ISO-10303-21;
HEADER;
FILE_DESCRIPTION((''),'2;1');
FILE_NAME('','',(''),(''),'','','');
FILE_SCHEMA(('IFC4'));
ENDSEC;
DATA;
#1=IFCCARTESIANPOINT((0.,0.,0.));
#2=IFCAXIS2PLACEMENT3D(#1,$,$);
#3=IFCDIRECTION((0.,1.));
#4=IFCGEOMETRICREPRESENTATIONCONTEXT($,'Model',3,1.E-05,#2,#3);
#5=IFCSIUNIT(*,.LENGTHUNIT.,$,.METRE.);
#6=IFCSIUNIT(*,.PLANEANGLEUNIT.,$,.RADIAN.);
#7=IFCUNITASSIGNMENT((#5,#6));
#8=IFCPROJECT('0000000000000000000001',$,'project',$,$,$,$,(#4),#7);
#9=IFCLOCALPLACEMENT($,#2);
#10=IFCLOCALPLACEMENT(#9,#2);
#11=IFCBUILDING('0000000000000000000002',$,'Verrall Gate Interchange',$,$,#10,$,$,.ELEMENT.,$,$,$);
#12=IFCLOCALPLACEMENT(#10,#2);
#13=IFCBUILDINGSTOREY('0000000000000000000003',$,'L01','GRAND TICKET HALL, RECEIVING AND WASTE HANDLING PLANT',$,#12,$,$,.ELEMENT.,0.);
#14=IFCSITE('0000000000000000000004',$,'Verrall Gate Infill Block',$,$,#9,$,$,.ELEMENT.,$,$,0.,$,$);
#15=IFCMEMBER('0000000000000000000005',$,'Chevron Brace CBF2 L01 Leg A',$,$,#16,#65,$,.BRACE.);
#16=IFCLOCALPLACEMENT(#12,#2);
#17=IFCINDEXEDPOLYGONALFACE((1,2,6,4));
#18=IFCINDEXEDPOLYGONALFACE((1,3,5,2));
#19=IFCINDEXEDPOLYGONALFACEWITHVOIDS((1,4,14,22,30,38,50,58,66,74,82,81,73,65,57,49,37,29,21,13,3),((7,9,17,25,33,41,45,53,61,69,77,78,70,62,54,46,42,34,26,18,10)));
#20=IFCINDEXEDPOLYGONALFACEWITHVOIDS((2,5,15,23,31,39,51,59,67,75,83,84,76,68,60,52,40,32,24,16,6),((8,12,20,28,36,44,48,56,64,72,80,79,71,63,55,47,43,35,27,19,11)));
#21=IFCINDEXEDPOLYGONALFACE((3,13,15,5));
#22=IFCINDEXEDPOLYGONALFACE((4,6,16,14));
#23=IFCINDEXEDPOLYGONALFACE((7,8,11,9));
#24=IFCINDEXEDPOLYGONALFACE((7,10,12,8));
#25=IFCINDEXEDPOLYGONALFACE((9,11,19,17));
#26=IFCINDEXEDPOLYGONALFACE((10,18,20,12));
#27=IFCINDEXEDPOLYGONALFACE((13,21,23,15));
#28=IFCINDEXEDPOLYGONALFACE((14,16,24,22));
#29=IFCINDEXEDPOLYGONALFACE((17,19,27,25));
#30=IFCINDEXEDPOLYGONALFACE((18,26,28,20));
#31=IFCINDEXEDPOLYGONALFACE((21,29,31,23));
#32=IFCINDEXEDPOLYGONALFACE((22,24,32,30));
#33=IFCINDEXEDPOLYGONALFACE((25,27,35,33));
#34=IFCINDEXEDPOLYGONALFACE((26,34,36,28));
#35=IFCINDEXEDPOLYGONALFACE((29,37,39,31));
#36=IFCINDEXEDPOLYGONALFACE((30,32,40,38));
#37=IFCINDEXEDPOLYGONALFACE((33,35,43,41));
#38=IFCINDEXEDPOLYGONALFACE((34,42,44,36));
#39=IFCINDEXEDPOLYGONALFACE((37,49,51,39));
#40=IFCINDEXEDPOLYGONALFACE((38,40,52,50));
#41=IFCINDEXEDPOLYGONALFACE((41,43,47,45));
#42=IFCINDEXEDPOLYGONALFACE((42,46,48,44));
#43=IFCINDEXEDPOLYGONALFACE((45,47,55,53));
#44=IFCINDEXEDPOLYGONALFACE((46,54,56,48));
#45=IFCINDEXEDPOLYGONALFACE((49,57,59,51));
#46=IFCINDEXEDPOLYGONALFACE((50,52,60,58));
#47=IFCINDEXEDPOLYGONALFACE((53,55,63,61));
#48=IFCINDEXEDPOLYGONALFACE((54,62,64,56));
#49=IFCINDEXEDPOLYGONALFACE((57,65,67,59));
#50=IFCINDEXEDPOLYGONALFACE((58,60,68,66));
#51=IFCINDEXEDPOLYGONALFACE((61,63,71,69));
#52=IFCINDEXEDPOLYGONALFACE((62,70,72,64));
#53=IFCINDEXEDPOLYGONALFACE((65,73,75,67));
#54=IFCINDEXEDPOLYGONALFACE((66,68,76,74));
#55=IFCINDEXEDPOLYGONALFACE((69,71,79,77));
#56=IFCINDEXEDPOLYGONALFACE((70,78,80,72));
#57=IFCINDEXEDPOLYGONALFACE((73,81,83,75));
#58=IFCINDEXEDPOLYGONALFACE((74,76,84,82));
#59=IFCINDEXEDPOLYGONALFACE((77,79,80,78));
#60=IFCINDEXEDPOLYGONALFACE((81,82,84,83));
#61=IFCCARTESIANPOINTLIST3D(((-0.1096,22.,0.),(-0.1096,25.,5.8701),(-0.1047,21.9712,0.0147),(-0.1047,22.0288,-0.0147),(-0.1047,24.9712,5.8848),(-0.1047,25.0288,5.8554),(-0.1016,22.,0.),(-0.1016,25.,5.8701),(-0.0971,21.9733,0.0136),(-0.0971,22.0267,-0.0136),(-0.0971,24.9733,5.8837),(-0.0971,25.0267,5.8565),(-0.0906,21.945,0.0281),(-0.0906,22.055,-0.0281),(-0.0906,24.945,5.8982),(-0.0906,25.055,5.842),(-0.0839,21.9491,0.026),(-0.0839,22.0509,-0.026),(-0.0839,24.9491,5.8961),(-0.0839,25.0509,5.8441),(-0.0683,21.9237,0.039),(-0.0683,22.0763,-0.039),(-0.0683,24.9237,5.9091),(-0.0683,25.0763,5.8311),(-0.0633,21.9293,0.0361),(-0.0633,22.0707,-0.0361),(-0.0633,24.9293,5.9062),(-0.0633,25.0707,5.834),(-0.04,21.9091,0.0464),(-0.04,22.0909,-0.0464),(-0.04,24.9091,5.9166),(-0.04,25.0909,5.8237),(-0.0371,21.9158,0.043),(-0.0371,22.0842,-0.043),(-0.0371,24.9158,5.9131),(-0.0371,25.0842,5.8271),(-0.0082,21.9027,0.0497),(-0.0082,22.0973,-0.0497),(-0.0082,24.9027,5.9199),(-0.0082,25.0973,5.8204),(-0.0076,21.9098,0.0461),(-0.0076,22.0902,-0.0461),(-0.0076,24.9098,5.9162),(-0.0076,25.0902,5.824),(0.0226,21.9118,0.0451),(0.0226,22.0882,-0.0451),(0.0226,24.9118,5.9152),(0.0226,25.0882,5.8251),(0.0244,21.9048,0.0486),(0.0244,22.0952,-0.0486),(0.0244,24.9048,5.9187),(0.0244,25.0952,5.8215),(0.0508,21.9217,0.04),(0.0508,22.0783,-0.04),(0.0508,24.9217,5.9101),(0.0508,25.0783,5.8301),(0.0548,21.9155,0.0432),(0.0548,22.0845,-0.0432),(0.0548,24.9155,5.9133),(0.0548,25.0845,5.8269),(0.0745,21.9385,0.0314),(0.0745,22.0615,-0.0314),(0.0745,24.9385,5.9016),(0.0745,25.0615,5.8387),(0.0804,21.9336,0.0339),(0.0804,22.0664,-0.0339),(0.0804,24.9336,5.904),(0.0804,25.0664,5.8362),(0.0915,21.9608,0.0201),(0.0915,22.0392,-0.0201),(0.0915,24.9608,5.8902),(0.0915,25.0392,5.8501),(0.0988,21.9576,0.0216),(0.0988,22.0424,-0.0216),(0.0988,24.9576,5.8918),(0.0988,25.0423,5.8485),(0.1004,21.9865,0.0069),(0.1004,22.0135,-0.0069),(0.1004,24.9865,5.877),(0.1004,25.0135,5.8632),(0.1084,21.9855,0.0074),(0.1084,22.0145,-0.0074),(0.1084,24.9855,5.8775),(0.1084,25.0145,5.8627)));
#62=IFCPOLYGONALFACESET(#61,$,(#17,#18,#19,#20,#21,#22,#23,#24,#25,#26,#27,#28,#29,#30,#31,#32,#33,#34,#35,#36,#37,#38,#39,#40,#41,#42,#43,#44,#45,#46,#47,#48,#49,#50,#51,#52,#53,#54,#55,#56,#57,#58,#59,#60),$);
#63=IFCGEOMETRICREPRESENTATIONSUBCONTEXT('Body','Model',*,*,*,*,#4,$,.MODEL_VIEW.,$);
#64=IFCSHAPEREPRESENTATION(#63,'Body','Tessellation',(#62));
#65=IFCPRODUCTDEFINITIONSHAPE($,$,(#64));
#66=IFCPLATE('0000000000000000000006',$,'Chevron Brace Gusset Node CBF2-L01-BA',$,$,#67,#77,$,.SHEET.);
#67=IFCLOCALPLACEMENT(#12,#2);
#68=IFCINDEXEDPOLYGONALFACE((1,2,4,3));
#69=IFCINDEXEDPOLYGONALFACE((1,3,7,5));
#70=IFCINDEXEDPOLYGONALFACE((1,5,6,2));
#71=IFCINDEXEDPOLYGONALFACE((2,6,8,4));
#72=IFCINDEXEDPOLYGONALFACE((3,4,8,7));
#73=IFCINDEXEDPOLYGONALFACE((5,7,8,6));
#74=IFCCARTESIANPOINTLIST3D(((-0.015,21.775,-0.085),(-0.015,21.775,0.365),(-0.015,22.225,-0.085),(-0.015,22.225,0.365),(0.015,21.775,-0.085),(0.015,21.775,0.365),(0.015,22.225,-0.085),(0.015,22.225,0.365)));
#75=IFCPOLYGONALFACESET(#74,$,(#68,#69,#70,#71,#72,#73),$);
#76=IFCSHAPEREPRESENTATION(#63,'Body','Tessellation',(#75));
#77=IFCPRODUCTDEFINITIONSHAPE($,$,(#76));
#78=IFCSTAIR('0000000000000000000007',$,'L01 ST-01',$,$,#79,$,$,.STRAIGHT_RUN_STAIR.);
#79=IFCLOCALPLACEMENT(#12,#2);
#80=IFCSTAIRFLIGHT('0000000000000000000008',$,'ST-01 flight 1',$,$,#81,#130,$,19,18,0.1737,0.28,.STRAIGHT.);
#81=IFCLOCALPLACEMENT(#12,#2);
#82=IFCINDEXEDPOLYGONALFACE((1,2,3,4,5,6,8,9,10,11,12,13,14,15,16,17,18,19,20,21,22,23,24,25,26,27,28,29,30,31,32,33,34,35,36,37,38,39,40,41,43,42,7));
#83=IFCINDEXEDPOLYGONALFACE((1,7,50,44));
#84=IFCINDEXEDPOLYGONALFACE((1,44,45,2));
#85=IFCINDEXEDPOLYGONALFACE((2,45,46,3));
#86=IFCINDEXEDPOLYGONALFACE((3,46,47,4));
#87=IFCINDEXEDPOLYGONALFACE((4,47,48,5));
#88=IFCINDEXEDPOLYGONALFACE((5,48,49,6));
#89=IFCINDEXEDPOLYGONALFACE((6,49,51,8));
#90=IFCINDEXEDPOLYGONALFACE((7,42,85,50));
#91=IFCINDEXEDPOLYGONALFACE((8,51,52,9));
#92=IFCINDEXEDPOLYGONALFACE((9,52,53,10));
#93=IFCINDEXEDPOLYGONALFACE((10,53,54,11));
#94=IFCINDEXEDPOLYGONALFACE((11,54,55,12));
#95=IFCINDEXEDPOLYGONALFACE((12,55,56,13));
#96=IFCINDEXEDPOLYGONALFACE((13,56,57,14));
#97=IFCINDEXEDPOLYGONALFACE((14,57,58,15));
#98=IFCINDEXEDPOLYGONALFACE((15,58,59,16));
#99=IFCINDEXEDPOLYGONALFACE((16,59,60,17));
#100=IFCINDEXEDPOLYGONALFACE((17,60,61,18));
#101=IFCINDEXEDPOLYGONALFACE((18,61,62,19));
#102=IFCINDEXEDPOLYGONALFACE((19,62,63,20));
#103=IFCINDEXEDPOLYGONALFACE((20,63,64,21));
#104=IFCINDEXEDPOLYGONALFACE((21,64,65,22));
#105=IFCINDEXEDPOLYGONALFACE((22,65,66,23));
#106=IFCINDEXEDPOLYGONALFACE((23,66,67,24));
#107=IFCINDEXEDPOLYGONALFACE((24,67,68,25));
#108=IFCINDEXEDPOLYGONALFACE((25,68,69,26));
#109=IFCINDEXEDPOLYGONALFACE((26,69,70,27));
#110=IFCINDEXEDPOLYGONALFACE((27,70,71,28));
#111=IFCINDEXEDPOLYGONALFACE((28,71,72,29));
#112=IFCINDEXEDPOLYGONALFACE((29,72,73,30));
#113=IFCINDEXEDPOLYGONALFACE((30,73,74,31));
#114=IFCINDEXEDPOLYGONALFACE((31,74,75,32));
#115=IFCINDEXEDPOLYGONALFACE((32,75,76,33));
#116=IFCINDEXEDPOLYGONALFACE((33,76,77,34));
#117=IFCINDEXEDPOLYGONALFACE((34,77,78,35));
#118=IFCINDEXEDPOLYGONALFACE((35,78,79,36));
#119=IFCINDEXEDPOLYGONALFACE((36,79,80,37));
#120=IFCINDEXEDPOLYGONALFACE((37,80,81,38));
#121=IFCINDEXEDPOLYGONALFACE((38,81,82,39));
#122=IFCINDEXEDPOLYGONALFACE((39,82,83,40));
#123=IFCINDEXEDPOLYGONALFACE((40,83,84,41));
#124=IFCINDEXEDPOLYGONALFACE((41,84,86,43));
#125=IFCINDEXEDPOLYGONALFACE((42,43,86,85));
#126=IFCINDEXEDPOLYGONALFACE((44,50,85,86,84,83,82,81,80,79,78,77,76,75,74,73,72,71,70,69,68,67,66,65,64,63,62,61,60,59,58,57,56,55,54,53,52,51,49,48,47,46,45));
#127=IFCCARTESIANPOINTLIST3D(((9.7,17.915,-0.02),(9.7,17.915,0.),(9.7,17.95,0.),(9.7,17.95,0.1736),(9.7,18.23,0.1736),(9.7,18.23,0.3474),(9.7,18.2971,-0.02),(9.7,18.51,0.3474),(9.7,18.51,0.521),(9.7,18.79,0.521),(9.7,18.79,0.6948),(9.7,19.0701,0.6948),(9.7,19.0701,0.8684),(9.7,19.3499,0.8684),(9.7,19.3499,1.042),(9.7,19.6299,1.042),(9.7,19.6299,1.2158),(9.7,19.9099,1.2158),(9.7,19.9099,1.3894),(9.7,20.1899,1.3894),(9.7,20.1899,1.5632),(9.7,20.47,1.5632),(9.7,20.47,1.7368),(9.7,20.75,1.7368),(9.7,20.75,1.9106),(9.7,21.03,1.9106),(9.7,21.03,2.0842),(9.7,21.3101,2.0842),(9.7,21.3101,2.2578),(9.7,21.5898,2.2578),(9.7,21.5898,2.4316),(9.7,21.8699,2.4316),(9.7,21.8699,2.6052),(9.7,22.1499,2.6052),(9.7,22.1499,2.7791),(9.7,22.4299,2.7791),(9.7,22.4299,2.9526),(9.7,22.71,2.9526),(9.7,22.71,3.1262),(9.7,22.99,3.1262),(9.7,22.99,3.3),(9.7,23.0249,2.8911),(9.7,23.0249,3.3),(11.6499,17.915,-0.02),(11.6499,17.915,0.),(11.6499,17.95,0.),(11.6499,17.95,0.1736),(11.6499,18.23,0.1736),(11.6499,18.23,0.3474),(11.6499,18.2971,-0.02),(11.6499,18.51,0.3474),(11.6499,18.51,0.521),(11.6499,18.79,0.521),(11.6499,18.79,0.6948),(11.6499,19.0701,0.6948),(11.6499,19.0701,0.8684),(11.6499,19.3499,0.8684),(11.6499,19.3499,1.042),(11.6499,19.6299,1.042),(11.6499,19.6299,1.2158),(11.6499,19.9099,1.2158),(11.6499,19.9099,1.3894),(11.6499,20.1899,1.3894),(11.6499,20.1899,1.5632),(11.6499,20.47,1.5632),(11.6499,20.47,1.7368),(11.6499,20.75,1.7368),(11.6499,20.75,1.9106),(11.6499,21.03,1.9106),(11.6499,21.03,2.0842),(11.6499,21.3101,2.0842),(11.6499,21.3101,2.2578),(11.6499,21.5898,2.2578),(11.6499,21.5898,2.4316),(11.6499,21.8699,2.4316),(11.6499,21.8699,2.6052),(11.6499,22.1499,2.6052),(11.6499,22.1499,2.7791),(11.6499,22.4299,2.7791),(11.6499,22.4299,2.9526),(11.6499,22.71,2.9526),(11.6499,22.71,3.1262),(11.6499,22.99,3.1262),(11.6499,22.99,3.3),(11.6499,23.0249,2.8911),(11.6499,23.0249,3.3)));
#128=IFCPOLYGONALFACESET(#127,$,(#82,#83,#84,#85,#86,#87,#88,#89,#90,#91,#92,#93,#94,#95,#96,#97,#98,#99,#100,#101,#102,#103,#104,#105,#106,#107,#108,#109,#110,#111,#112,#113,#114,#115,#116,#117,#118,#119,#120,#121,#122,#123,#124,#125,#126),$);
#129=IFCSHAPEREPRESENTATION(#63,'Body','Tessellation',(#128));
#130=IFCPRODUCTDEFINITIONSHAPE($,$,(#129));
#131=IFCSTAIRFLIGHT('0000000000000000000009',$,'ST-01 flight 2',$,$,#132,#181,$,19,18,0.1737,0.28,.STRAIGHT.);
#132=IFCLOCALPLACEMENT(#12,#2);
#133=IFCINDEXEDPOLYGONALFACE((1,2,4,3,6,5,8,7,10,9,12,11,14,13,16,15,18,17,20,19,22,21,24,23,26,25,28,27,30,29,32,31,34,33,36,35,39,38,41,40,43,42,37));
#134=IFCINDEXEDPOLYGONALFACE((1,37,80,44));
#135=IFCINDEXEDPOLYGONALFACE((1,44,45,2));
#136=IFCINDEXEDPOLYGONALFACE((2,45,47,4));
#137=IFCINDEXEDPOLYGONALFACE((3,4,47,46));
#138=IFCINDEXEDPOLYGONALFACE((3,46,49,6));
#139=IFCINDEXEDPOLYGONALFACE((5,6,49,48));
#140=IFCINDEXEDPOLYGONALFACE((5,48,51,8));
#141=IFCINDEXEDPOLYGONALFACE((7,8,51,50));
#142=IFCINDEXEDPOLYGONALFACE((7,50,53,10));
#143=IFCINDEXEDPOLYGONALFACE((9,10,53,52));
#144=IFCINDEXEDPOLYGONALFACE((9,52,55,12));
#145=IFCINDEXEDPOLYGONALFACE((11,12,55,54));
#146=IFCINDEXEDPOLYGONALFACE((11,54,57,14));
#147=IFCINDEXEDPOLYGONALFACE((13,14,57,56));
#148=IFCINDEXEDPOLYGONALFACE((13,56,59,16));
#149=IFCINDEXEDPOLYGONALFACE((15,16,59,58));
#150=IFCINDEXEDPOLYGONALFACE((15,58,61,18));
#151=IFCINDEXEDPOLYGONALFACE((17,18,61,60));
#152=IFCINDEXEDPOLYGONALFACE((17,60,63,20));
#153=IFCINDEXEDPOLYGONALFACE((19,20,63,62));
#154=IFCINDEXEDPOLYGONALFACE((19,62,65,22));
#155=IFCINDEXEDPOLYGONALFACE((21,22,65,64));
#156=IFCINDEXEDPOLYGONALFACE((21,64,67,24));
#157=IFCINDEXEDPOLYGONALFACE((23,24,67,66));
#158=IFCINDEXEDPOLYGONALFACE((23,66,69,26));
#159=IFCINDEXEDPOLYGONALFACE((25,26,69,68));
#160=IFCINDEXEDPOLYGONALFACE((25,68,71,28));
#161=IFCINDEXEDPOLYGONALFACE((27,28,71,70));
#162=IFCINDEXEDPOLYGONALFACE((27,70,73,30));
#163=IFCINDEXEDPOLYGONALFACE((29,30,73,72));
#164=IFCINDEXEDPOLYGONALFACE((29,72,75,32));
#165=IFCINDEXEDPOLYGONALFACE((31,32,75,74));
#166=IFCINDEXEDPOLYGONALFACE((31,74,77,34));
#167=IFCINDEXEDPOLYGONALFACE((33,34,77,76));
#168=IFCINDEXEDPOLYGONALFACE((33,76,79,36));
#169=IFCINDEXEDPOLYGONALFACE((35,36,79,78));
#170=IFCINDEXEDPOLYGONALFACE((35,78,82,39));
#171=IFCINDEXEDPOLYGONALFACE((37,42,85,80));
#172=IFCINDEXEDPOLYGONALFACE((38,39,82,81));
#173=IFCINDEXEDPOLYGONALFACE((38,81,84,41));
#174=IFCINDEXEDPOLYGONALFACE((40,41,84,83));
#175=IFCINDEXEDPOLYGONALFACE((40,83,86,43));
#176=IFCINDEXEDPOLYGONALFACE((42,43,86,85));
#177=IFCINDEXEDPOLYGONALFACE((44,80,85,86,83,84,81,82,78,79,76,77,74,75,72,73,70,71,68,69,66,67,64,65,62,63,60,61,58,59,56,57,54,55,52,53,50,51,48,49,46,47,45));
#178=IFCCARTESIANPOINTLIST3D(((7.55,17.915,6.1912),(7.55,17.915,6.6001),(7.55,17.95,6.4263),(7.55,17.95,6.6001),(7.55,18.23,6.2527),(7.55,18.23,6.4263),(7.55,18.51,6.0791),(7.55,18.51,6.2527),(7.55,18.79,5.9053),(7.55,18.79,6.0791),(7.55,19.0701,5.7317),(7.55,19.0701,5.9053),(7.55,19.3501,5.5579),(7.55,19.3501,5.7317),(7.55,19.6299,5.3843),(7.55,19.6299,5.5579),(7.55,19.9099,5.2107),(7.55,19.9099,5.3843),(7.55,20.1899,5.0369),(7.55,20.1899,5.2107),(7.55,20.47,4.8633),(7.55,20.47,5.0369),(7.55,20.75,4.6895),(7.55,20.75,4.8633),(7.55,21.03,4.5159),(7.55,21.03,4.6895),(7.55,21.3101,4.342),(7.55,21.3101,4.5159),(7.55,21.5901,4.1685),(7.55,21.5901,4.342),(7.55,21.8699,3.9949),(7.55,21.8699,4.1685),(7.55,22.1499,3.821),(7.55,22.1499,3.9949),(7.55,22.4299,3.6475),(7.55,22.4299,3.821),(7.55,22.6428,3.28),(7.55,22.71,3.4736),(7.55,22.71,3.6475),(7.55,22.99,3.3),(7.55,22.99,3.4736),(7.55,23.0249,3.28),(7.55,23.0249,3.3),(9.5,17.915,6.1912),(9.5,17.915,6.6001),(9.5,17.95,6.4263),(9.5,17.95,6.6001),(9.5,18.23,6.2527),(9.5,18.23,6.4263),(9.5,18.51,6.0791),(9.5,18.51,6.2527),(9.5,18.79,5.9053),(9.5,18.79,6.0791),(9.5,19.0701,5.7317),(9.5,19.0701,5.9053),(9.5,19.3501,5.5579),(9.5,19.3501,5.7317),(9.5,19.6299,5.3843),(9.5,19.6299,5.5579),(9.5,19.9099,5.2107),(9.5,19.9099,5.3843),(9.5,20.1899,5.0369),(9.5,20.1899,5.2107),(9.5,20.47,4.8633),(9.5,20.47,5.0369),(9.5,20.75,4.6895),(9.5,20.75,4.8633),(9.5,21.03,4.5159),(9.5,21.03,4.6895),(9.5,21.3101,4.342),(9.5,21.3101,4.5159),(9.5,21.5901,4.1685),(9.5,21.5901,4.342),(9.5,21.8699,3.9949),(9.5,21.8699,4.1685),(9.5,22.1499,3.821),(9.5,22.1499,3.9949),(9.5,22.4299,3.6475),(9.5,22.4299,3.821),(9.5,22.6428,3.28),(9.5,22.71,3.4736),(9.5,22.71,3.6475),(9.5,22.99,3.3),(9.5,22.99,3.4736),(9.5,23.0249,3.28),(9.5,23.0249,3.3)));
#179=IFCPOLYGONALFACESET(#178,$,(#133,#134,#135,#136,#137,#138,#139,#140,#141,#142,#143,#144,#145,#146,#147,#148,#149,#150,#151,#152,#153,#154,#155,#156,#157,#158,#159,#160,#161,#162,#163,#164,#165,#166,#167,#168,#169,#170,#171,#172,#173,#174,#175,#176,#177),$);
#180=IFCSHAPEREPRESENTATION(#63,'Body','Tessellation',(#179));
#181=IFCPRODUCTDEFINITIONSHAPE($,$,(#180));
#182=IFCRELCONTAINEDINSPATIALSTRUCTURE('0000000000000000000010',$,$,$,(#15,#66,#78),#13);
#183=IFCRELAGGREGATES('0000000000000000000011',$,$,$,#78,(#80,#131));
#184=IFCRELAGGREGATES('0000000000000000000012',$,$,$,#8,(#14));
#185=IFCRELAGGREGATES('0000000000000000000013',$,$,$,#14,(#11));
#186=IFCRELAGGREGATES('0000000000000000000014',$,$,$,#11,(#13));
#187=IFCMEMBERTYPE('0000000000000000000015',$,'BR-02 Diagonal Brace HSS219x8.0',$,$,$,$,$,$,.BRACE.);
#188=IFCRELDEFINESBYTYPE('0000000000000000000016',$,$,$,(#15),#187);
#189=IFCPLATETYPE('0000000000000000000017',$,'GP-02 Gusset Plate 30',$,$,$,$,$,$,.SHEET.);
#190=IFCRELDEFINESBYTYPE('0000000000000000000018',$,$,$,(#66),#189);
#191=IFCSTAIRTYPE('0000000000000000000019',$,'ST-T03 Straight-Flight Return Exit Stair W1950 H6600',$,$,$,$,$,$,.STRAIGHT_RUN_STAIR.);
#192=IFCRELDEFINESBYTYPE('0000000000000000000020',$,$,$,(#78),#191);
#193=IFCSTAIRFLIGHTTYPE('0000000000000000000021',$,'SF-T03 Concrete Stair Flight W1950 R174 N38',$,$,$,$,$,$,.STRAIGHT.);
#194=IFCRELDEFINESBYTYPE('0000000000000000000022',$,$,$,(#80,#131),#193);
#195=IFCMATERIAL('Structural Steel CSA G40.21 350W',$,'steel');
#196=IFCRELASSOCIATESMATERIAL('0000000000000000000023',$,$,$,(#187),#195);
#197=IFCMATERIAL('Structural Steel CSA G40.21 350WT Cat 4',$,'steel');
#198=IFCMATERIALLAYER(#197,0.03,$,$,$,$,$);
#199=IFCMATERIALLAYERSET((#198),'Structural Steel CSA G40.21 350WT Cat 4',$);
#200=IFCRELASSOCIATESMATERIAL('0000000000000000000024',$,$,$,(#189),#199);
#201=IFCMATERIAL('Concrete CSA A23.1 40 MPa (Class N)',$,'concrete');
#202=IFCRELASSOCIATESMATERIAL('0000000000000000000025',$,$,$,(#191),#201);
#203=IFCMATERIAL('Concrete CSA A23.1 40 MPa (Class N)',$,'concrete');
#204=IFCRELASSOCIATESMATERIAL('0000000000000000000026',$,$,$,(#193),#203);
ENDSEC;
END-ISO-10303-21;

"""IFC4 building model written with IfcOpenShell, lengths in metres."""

from ifc_helpers import new_model, si_unit, direction, frame, origin, origin_2d, place, context, subcontext, project, spatial, polyline, rectangle, hollow_circle, outline, extrude, material, layer, layer_set, material_profile, profile_set, type_object, element, aggregate, save


model = new_model("IFC4")

# Units and contexts
model_context = context("Model", 3, precision=1e-05, world=origin(), true_north=direction((0.0, 1.0)))
body_context = subcontext(model_context, "Body", "Model", "MODEL_VIEW")
ifc_project = project(units=[si_unit("LENGTHUNIT", "METRE"), si_unit("PLANEANGLEUNIT", "RADIAN")], contexts=[model_context])

# Site, building, storey
site_placement = place(None, origin())
site = spatial("IfcSite", under=ifc_project, at=site_placement, Name="Verrall Gate Infill Block", CompositionType="ELEMENT", RefElevation=0.0)
building_placement = place(site_placement, origin())
building = spatial("IfcBuilding", under=site, at=building_placement, Name="Verrall Gate Interchange", CompositionType="ELEMENT")
storey_placement = place(building_placement, origin())
storey = spatial("IfcBuildingStorey", under=building, at=storey_placement, Name="L01", Description="GRAND TICKET HALL, RECEIVING AND WASTE HANDLING PLANT", CompositionType="ELEMENT", Elevation=0.0)

# Member
ifc_material_1 = material(Name="Structural Steel CSA G40.21 350W", Category="steel")
ifc_material_profile_1 = material_profile(ifc_material_1, hollow_circle(Radius=0.1096, WallThickness=0.0081, at=origin_2d()), Name="HSS219x8.0")
ifc_profile_set_1 = profile_set([ifc_material_profile_1], Name="Structural Steel CSA G40.21 350W")
member_type = type_object("IfcMemberType", Name="BR-02 Diagonal Brace HSS219x8.0", PredefinedType="BRACE", material=ifc_profile_set_1)
member_placement = place(storey_placement, frame((0.0, 22.0, 0.0), z_axis=(0.0, 0.455077, 0.890452), x_axis=(-1.0, 0.0, 0.0)))
element("IfcMember", 1, at=member_placement, inside=storey, type_object=member_type, Name="Chevron Brace CBF2 L01 Leg A", PredefinedType="BRACE", context=body_context, shape_type="SweptSolid", body=[
    extrude(hollow_circle(Radius=0.1096, WallThickness=0.0081, at=origin_2d()), origin(), (0.0, 0.0, 1.0), 6.5923),
])

# Plate
ifc_material_2 = material(Name="Structural Steel CSA G40.21 350WT Cat 4", Category="steel")
ifc_layer = layer(ifc_material_2, 0.03)
ifc_layer_set = layer_set([ifc_layer], Name="Structural Steel CSA G40.21 350WT Cat 4")
plate_type = type_object("IfcPlateType", Name="GP-02 Gusset Plate 30", PredefinedType="SHEET", material=ifc_layer_set)
plate_placement = place(storey_placement, frame((0.0, 22.0, -0.085), z_axis=(0.0, 0.0, 1.0), x_axis=(1.0, 0.0, 0.0)))
element("IfcPlate", 2, at=plate_placement, inside=storey, type_object=plate_type, Name="Chevron Brace Gusset Node CBF2-L01-BA", PredefinedType="SHEET", context=body_context, shape_type="SweptSolid", body=[
    extrude(rectangle(XDim=0.03, YDim=0.45, at=origin_2d()), origin(), (0.0, 0.0, 1.0), 0.45),
])

# Stair, stair flights
ifc_material_3 = material(Name="Concrete CSA A23.1 40 MPa (Class N)", Category="concrete")
stair_type = type_object("IfcStairType", Name="ST-T03 Straight-Flight Return Exit Stair W1950 H6600", PredefinedType="STRAIGHT_RUN_STAIR", material=ifc_material_3)
stair_placement = place(storey_placement, origin())
stair = element("IfcStair", 3, at=stair_placement, inside=storey, type_object=stair_type, Name="L01 ST-01", PredefinedType="STRAIGHT_RUN_STAIR")
ifc_material_4 = material(Name="Concrete CSA A23.1 40 MPa (Class N)", Category="concrete")
stair_flight_type = type_object("IfcStairFlightType", Name="SF-T03 Concrete Stair Flight W1950 R174 N38", PredefinedType="STRAIGHT", material=ifc_material_4)
stair_flight_1_placement = place(storey_placement, frame((10.675, 17.95, 0.0), z_axis=(0.0, 0.0, 1.0), x_axis=(0.0, 1.0, 0.0)))
stair_flight_1 = element("IfcStairFlight", 4, at=stair_flight_1_placement, type_object=stair_flight_type, Name="ST-01 flight 1", NumberOfRisers=19, NumberOfTreads=18, PredefinedType="STRAIGHT", RiserHeight=0.1737, TreadLength=0.28, context=body_context, shape_type="SweptSolid", body=[
    extrude(outline(polyline([(-0.0349, -0.02), (-0.0349, 0.0), (0.0, 0.0), (0.0, 0.1736), (0.28, 0.1736), (0.28, 0.3474), (0.5601, 0.3474), (0.5601, 0.521), (0.8401, 0.521), (0.8401, 0.6948), (1.1201, 0.6948), (1.1201, 0.8684), (1.3999, 0.8684), (1.3999, 1.042), (1.6799, 1.042), (1.6799, 1.2158), (1.96, 1.2158), (1.96, 1.3894), (2.24, 1.3894), (2.24, 1.5632), (2.52, 1.5632), (2.52, 1.7368), (2.8, 1.7368), (2.8, 1.9106), (3.0801, 1.9106), (3.0801, 2.0842), (3.3601, 2.0842), (3.3601, 2.2578), (3.6399, 2.2578), (3.6399, 2.4316), (3.9199, 2.4316), (3.9199, 2.6052), (4.2, 2.6052), (4.2, 2.7791), (4.48, 2.7791), (4.48, 2.9526), (4.76, 2.9526), (4.76, 3.1262), (5.04, 3.1262), (5.04, 3.3), (5.075, 3.3), (5.075, 2.8911), (0.3472, -0.02), (-0.0349, -0.02)])), frame((0.0, 0.9751, 0.0), z_axis=(0.0, -1.0, 0.0), x_axis=(1.0, 0.0, 0.0)), (0.0, 0.0, 1.0), 1.95),
])
stair_flight_2_placement = place(storey_placement, frame((8.5249, 22.99, 3.3), z_axis=(0.0, 0.0, 1.0), x_axis=(0.0, -1.0, 0.0)))
stair_flight_2 = element("IfcStairFlight", 5, at=stair_flight_2_placement, type_object=stair_flight_type, Name="ST-01 flight 2", NumberOfRisers=19, NumberOfTreads=18, PredefinedType="STRAIGHT", RiserHeight=0.1737, TreadLength=0.28, context=body_context, shape_type="SweptSolid", body=[
    extrude(outline(polyline([(-0.0349, -0.02), (-0.0349, 0.0), (0.0, 0.0), (0.0, 0.1736), (0.28, 0.1736), (0.28, 0.3474), (0.5601, 0.3474), (0.5601, 0.521), (0.8401, 0.521), (0.8401, 0.6948), (1.1201, 0.6948), (1.1201, 0.8684), (1.3999, 0.8684), (1.3999, 1.042), (1.6799, 1.042), (1.6799, 1.2158), (1.96, 1.2158), (1.96, 1.3894), (2.24, 1.3894), (2.24, 1.5632), (2.52, 1.5632), (2.52, 1.7368), (2.8, 1.7368), (2.8, 1.9106), (3.0801, 1.9106), (3.0801, 2.0842), (3.3601, 2.0842), (3.3601, 2.2578), (3.6399, 2.2578), (3.6399, 2.4316), (3.9199, 2.4316), (3.9199, 2.6052), (4.2, 2.6052), (4.2, 2.7791), (4.48, 2.7791), (4.48, 2.9526), (4.76, 2.9526), (4.76, 3.1262), (5.04, 3.1262), (5.04, 3.3), (5.075, 3.3), (5.075, 2.8911), (0.3472, -0.02), (-0.0349, -0.02)])), frame((0.0, 0.9751, 0.0), z_axis=(0.0, -1.0, 0.0), x_axis=(1.0, 0.0, 0.0)), (0.0, 0.0, 1.0), 1.95),
])
aggregate(stair, [stair_flight_1, stair_flight_2])

save(model, "model.ifc")
